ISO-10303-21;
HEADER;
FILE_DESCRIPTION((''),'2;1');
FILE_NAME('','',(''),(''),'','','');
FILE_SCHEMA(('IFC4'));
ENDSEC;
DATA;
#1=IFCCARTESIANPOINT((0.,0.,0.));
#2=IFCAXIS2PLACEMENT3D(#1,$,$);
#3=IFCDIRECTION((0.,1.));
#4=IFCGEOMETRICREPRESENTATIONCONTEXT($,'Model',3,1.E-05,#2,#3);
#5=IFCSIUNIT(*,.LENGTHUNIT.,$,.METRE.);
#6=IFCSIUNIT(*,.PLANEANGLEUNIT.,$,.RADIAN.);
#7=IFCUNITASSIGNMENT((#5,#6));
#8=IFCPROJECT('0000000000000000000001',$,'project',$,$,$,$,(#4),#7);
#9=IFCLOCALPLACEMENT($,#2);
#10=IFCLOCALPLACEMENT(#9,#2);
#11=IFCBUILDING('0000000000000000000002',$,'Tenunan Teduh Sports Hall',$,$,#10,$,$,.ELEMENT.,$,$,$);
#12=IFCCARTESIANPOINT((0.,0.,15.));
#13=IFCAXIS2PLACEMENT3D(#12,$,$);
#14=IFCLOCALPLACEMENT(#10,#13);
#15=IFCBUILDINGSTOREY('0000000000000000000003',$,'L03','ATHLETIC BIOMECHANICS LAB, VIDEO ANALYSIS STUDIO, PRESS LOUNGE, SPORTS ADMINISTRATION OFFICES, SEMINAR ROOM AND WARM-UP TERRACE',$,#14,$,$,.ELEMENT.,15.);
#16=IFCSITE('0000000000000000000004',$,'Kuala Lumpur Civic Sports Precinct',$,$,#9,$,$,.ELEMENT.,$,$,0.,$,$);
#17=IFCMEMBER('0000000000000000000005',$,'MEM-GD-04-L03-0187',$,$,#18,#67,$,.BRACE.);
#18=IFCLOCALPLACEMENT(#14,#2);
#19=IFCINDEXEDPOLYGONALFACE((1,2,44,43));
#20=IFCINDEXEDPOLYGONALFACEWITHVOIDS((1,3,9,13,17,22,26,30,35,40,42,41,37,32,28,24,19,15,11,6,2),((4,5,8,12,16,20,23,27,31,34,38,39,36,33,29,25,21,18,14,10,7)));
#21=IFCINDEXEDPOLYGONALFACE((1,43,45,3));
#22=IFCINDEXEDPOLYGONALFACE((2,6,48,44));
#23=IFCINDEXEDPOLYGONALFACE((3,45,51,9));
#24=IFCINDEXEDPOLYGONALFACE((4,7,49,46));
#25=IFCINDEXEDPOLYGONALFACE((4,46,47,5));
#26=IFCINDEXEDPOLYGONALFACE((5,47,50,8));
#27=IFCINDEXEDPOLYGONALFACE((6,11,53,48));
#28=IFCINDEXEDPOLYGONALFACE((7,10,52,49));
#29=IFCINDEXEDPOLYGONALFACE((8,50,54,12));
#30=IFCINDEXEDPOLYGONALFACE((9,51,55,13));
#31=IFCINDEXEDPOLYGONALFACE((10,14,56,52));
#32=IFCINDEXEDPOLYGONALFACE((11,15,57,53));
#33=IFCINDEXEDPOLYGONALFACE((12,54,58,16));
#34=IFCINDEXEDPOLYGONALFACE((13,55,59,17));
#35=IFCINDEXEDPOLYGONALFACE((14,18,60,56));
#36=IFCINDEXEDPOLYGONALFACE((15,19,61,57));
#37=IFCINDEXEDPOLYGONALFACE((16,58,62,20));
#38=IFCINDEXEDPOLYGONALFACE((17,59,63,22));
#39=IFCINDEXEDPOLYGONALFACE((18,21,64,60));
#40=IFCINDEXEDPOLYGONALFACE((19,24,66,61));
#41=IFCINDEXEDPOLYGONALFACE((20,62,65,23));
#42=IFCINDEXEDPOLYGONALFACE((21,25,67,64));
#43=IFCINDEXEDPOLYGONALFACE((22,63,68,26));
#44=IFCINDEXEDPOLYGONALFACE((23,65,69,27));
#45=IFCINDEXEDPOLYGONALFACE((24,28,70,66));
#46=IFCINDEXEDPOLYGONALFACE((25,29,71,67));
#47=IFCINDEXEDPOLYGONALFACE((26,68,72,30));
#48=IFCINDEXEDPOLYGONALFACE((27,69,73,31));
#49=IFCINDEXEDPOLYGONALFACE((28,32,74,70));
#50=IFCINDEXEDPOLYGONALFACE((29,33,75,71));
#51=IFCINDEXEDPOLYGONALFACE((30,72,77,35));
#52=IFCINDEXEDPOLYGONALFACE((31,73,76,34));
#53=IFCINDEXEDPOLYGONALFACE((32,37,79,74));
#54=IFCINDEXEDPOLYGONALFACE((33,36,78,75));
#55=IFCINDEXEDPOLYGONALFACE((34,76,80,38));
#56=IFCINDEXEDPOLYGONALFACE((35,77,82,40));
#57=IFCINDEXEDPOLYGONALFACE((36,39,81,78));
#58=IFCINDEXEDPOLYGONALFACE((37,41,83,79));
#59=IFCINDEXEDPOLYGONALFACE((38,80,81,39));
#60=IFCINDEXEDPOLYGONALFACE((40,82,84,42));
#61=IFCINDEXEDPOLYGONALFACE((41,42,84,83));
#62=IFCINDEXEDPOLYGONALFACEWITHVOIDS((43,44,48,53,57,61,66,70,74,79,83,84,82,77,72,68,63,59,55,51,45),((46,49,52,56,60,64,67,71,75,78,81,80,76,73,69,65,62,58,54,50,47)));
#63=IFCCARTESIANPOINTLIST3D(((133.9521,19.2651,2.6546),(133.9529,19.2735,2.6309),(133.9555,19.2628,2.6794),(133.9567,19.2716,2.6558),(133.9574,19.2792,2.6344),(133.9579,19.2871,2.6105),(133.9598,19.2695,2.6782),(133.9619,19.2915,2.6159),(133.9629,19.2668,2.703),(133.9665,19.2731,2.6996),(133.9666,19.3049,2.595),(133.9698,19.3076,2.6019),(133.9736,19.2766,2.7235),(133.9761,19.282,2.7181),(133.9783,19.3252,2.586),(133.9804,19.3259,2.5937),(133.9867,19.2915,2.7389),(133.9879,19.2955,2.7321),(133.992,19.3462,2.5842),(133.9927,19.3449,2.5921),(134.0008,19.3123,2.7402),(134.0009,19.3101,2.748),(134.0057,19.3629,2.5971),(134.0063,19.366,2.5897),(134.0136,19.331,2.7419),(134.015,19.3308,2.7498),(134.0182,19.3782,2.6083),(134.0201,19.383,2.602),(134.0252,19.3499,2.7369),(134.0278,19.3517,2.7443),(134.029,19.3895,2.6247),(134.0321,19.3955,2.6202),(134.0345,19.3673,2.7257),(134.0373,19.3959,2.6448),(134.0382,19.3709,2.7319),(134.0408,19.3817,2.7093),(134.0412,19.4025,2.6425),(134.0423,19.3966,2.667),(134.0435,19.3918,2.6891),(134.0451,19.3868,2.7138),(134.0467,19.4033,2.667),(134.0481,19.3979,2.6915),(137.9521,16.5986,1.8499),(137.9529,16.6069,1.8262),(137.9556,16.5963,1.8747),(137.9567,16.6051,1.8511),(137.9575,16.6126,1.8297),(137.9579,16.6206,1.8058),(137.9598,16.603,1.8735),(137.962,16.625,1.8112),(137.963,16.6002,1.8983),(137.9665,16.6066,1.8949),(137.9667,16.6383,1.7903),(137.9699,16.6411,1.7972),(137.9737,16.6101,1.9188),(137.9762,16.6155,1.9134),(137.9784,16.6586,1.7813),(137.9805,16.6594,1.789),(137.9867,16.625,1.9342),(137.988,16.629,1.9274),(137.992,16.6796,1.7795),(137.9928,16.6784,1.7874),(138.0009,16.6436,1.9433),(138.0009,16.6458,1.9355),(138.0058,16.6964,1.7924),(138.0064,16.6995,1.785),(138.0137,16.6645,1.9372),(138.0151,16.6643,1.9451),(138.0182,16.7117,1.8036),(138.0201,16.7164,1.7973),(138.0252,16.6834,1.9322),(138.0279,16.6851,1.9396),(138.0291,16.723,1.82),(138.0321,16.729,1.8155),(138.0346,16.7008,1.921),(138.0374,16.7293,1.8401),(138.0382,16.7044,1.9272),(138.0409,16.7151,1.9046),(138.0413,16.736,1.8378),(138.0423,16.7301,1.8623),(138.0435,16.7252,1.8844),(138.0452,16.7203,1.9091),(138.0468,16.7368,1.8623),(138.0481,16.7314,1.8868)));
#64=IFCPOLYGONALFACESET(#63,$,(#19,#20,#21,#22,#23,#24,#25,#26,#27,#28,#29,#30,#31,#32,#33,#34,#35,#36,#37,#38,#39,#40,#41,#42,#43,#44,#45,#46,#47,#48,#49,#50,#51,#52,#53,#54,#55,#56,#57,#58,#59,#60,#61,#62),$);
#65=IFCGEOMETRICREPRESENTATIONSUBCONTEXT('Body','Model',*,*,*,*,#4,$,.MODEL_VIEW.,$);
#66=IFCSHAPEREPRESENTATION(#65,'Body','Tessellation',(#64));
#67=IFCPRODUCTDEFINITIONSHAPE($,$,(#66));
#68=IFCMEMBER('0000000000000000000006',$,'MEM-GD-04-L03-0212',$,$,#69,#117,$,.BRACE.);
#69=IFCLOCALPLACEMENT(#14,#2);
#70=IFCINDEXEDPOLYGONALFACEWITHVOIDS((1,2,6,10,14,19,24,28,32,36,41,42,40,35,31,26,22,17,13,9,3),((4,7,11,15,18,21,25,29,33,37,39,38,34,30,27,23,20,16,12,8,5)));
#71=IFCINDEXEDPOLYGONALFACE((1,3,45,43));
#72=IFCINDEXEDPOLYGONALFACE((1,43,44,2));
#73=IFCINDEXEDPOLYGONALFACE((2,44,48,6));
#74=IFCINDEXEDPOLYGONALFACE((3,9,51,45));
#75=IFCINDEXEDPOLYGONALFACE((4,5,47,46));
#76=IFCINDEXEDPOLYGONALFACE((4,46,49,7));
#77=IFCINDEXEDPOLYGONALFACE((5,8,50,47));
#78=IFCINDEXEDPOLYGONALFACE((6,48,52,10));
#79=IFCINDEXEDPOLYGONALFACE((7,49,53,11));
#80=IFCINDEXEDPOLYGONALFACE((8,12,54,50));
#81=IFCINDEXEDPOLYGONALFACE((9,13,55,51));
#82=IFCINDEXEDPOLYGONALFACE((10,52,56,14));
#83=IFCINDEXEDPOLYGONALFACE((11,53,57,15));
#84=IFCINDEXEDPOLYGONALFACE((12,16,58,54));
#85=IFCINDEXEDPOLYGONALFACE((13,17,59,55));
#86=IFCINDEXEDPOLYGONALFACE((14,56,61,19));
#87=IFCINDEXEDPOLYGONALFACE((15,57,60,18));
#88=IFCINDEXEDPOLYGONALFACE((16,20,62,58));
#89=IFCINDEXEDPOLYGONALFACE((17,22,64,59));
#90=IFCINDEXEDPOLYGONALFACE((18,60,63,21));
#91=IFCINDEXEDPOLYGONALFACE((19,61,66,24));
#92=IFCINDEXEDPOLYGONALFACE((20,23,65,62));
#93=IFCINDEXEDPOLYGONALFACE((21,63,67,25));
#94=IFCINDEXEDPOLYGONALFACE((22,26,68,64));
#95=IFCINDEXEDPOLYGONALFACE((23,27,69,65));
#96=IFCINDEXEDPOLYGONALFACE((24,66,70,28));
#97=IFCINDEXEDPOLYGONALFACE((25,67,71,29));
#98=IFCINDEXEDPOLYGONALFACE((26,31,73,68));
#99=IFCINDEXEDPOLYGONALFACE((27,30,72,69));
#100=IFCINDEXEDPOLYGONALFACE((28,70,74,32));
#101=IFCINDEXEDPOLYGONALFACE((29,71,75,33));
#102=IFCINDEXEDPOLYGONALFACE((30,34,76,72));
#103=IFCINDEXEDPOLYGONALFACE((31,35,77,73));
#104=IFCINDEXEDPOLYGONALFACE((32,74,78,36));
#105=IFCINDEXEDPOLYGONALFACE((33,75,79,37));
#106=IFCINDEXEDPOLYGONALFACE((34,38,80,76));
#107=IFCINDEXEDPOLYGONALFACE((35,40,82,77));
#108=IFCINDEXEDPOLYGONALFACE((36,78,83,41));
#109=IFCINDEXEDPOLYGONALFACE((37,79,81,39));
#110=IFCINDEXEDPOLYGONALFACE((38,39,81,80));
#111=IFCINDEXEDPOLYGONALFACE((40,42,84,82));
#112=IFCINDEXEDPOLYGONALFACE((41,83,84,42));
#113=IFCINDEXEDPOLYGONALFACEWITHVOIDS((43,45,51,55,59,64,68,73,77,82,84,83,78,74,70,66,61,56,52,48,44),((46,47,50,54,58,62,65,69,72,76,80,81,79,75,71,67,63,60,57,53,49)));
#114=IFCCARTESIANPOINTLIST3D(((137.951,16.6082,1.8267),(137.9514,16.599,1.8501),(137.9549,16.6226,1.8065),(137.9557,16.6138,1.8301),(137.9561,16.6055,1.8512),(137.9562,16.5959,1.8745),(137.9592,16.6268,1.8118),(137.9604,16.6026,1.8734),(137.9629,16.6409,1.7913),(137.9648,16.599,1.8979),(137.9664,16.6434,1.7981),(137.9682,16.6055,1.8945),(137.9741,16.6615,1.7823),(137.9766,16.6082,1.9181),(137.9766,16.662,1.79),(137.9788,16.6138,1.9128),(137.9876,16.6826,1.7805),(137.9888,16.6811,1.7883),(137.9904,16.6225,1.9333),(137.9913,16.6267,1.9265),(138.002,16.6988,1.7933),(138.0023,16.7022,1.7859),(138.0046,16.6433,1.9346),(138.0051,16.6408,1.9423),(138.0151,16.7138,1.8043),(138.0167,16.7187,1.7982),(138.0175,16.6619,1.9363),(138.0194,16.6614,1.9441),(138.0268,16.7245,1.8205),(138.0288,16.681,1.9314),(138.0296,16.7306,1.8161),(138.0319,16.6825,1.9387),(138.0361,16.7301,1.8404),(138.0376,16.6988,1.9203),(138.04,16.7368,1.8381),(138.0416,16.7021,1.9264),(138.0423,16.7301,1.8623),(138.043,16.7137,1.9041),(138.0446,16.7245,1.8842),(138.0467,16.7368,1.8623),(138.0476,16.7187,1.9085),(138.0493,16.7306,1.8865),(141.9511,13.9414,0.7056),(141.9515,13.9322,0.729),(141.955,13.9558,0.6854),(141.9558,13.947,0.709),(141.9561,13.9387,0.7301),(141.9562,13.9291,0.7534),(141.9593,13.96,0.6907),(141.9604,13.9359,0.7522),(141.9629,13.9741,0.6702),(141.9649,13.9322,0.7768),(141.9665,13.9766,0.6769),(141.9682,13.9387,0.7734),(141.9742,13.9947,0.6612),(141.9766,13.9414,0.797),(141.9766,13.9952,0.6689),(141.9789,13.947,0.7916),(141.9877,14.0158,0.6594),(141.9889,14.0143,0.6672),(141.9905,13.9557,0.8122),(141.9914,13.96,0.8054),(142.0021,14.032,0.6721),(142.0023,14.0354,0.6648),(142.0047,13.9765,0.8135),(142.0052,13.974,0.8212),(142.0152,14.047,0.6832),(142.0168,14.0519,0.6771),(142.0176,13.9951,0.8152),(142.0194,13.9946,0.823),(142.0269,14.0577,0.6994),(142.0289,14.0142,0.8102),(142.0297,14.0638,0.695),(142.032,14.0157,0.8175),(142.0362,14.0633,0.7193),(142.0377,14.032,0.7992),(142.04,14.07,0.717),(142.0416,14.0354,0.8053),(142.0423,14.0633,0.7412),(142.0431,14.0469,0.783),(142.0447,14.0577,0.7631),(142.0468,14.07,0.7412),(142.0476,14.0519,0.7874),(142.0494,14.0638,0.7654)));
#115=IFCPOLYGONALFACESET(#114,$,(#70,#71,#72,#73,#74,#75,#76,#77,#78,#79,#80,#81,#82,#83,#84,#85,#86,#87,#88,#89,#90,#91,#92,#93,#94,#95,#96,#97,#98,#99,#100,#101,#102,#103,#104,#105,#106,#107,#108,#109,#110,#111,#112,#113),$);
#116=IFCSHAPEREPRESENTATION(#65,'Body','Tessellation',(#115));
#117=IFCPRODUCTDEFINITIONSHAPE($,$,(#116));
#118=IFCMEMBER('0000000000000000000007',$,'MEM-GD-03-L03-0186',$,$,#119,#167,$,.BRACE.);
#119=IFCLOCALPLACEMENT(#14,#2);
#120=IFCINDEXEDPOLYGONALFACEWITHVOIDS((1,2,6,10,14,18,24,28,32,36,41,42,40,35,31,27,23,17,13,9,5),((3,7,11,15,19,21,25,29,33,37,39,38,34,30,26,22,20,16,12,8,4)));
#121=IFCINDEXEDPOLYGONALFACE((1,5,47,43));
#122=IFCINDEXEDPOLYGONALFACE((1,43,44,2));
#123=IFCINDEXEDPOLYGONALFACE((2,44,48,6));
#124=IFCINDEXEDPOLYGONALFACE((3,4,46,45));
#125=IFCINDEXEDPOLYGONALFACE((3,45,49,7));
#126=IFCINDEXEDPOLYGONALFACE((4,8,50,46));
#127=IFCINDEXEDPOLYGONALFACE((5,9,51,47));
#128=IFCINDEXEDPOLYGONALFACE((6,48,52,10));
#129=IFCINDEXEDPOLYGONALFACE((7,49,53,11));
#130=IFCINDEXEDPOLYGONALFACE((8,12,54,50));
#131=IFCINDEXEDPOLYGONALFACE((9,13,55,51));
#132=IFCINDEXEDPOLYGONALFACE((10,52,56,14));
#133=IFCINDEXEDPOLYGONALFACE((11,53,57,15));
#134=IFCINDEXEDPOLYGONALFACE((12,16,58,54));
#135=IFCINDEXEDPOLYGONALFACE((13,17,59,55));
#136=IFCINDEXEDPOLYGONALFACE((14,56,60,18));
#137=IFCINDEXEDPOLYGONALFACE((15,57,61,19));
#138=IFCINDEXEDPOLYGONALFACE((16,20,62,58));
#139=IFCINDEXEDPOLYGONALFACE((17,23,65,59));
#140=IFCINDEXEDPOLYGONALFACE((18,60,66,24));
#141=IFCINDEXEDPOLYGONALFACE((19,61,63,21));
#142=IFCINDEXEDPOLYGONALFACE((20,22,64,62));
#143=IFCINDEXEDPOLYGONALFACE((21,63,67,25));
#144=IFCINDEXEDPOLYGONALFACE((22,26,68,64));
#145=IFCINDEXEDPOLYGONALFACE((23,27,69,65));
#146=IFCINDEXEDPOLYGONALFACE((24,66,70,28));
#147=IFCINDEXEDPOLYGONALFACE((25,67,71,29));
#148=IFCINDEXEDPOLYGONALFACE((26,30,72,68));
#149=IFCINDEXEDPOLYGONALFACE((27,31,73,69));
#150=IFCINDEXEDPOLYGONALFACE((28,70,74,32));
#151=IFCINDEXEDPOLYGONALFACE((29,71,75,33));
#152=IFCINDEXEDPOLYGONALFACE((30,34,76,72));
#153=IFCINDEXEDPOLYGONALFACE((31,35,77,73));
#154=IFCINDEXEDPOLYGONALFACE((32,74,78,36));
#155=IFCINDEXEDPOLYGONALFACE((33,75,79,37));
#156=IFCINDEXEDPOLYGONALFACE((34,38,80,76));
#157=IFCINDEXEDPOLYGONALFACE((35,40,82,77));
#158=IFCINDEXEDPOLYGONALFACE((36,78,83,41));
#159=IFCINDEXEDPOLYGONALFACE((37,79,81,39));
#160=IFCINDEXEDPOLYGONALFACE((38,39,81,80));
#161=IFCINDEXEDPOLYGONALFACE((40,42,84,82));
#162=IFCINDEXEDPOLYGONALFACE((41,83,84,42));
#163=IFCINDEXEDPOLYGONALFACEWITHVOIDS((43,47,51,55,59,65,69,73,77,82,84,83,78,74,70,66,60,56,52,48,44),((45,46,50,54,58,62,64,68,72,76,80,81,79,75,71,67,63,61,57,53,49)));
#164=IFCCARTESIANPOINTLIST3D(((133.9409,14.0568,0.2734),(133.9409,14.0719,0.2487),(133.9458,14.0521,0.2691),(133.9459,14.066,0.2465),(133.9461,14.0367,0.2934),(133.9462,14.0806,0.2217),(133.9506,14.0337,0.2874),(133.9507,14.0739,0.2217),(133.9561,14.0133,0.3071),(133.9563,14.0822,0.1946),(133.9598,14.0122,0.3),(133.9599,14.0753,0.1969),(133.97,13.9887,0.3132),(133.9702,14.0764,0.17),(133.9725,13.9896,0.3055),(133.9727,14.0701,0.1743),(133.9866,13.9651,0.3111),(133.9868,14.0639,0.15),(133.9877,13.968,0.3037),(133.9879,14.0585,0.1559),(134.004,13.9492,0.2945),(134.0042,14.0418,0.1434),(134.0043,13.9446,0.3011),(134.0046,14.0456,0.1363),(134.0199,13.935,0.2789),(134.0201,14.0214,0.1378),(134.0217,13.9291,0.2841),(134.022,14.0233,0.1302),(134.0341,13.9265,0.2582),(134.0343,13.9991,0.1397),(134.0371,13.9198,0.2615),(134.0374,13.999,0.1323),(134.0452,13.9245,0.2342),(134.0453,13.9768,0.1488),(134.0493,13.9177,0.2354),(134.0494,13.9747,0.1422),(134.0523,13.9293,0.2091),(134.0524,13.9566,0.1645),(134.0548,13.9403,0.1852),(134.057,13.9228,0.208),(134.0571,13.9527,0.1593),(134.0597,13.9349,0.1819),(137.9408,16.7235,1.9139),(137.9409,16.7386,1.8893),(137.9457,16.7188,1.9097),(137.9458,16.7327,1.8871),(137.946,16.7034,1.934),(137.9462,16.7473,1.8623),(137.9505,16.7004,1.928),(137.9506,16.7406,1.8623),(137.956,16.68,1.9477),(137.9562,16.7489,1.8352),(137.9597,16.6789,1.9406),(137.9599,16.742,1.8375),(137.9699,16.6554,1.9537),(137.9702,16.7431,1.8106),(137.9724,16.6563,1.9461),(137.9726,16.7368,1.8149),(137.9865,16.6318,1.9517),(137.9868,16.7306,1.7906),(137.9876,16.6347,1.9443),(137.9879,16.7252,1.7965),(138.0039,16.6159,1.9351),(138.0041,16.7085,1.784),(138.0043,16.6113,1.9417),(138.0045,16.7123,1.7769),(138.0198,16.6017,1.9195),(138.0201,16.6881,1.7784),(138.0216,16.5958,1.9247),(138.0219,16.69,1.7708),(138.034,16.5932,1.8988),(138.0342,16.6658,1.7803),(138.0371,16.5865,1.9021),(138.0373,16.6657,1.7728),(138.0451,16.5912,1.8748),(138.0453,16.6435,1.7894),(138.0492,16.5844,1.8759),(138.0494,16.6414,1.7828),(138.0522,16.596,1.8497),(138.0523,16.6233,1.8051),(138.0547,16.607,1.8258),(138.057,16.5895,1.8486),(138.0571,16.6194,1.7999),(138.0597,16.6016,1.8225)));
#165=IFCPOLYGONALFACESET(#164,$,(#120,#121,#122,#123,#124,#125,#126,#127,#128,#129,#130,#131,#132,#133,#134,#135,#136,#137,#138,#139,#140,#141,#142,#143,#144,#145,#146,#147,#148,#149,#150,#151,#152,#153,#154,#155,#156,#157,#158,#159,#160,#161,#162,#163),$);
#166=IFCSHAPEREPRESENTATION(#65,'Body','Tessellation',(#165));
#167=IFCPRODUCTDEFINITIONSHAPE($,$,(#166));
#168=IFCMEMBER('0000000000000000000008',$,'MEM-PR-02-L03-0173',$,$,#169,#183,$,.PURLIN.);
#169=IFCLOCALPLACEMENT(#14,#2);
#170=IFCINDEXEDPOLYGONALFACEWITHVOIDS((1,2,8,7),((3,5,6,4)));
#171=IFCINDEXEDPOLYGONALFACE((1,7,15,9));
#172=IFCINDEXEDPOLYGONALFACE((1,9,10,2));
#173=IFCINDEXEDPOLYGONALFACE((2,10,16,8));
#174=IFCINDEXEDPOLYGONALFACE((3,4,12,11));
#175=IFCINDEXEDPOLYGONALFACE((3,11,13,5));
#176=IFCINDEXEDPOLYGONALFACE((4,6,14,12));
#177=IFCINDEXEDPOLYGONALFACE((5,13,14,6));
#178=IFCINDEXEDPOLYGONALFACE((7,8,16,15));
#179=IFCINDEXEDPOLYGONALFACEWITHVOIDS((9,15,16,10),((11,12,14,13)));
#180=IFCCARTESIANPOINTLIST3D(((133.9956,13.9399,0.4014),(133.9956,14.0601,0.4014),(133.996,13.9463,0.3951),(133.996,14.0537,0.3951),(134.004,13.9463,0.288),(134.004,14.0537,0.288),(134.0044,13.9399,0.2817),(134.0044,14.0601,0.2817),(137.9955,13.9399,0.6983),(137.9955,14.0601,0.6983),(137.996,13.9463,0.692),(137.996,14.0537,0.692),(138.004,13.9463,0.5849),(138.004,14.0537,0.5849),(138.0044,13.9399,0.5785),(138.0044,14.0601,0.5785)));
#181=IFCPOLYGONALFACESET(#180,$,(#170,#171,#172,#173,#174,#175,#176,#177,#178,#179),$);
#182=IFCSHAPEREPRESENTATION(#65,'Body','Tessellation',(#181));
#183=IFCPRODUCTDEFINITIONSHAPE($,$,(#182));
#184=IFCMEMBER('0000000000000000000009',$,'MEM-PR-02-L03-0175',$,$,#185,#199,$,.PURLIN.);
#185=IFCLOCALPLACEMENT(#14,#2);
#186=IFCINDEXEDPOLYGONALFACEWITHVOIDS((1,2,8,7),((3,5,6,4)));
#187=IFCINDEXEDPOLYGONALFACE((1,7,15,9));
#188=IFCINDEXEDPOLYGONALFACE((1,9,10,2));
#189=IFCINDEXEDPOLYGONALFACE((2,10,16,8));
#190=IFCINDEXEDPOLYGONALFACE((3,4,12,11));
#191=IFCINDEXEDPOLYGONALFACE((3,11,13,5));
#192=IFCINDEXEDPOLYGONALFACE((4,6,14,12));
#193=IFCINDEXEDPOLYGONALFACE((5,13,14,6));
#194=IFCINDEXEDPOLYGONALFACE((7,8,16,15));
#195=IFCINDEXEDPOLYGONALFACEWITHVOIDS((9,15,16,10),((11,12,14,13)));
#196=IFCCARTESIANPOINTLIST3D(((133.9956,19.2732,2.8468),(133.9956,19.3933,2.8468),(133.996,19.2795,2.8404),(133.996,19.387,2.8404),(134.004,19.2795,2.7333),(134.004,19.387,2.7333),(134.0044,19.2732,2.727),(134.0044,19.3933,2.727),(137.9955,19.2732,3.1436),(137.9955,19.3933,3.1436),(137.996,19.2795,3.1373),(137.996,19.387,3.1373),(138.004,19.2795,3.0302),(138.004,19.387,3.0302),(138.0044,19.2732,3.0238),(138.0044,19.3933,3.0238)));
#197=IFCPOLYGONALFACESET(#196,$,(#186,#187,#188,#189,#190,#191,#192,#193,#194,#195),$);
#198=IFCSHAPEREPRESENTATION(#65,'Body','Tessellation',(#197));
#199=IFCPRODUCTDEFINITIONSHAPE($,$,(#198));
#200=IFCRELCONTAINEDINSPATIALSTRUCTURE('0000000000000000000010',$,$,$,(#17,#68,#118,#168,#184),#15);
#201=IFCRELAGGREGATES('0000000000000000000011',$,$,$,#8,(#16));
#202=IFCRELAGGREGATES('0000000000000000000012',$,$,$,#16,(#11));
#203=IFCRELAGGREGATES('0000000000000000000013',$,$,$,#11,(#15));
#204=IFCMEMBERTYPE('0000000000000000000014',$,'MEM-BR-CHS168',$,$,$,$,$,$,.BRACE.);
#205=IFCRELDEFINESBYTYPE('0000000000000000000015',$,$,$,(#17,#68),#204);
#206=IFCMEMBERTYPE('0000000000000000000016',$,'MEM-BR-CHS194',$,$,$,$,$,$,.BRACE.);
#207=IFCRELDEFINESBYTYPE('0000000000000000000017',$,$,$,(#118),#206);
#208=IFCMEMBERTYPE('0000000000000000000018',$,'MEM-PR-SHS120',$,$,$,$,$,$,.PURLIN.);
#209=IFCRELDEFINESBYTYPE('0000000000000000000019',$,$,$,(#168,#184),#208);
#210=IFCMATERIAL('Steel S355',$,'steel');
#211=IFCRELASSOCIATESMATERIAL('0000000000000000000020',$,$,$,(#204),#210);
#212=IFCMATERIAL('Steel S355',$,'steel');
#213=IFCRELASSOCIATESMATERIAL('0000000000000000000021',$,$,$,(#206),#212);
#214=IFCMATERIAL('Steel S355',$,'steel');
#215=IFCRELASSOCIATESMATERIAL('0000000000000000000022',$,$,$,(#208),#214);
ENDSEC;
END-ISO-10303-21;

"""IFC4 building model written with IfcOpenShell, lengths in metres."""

from ifc_helpers import new_model, si_unit, direction, frame, origin, origin_2d, place, context, subcontext, project, spatial, hollow_rectangle, hollow_circle, extrude, material, material_profile, profile_set, type_object, element, save


model = new_model("IFC4")

# Units and contexts
model_context = context("Model", 3, precision=1e-05, world=origin(), true_north=direction((0.0, 1.0)))
body_context = subcontext(model_context, "Body", "Model", "MODEL_VIEW")
ifc_project = project(units=[si_unit("LENGTHUNIT", "METRE"), si_unit("PLANEANGLEUNIT", "RADIAN")], contexts=[model_context])

# Site, building, storey
site_placement = place(None, origin())
site = spatial("IfcSite", under=ifc_project, at=site_placement, Name="Kuala Lumpur Civic Sports Precinct", CompositionType="ELEMENT", RefElevation=0.0)
building_placement = place(site_placement, origin())
building = spatial("IfcBuilding", under=site, at=building_placement, Name="Tenunan Teduh Sports Hall", CompositionType="ELEMENT")
storey_placement = place(building_placement, frame((0.0, 0.0, 15.0)))
storey = spatial("IfcBuildingStorey", under=building, at=storey_placement, Name="L03", Description="ATHLETIC BIOMECHANICS LAB, VIDEO ANALYSIS STUDIO, PRESS LOUNGE, SPORTS ADMINISTRATION OFFICES, SEMINAR ROOM AND WARM-UP TERRACE", CompositionType="ELEMENT", Elevation=15.0)

# Members
ifc_material_1 = material(Name="Steel S355", Category="steel")
ifc_material_profile_1 = material_profile(ifc_material_1, hollow_circle(Radius=0.0842, WallThickness=0.0081, at=origin_2d()), Name="CHS 168.3x8.0")
ifc_profile_set_1 = profile_set([ifc_material_profile_1], Name="Steel S355")
member_type_1 = type_object("IfcMemberType", Name="MEM-BR-CHS168", PredefinedType="BRACE", material=ifc_profile_set_1)
member_1_placement = place(storey_placement, frame((134.0, 19.3333, 2.667), z_axis=(0.820649, -0.547066, -0.165091), x_axis=(0.554677, 0.832066, 0.0)))
element("IfcMember", 1, at=member_1_placement, inside=storey, type_object=member_type_1, Name="MEM-GD-04-L03-0187", PredefinedType="BRACE", context=body_context, shape_type="SweptSolid", body=[
    extrude(hollow_circle(Radius=0.0842, WallThickness=0.0081, at=origin_2d()), origin(), (0.0, 0.0, 1.0), 4.8743),
])
member_2_placement = place(storey_placement, frame((138.0, 16.6667, 1.8623), z_axis=(0.810301, -0.540217, -0.227106), x_axis=(0.554712, 0.832042, 0.0)))
element("IfcMember", 2, at=member_2_placement, inside=storey, type_object=member_type_1, Name="MEM-GD-04-L03-0212", PredefinedType="BRACE", context=body_context, shape_type="SweptSolid", body=[
    extrude(hollow_circle(Radius=0.0842, WallThickness=0.0081, at=origin_2d()), origin(), (0.0, 0.0, 1.0), 4.9365),
])
ifc_material_2 = material(Name="Steel S355", Category="steel")
ifc_material_profile_2 = material_profile(ifc_material_2, hollow_circle(Radius=0.0969, WallThickness=0.0081, at=origin_2d()), Name="CHS 193.7x8.0")
ifc_profile_set_2 = profile_set([ifc_material_profile_2], Name="Steel S355")
member_type_2 = type_object("IfcMemberType", Name="MEM-BR-CHS194", PredefinedType="BRACE", material=ifc_profile_set_2)
member_3_placement = place(storey_placement, frame((134.0, 14.0, 0.2217), z_axis=(0.78745, 0.524983, 0.322978), x_axis=(-0.554712, 0.832042, 0.0)))
element("IfcMember", 3, at=member_3_placement, inside=storey, type_object=member_type_2, Name="MEM-GD-03-L03-0186", PredefinedType="BRACE", context=body_context, shape_type="SweptSolid", body=[
    extrude(hollow_circle(Radius=0.0969, WallThickness=0.0081, at=origin_2d()), origin(), (0.0, 0.0, 1.0), 5.0796),
])
ifc_material_3 = material(Name="Steel S355", Category="steel")
ifc_material_profile_3 = material_profile(ifc_material_3, hollow_rectangle(XDim=0.1201, YDim=0.1201, WallThickness=0.0063, at=origin_2d()), Name="SHS 120x120x6.3")
ifc_profile_set_3 = profile_set([ifc_material_profile_3], Name="Steel S355")
member_type_3 = type_object("IfcMemberType", Name="MEM-PR-SHS120", PredefinedType="PURLIN", material=ifc_profile_set_3)
for number, where, z_axis, x_axis, name in (
    (4, (134.0, 14.0, 0.3416), (0.997257, 0.0, 0.074015), (0.0, 1.0, 0.0), "MEM-PR-02-L03-0173"),
    (5, (134.0, 19.3333, 2.7869), (0.997257, 0.0, 0.074015), (0.0, 1.0, 0.0), "MEM-PR-02-L03-0175"),
):
    element("IfcMember", number, at=place(storey_placement, frame(where, z_axis=z_axis, x_axis=x_axis)), inside=storey, type_object=member_type_3, Name=name, PredefinedType="PURLIN", context=body_context, shape_type="SweptSolid", body=[
        extrude(hollow_rectangle(XDim=0.1201, YDim=0.1201, WallThickness=0.0063, at=origin_2d()), origin(), (0.0, 0.0, 1.0), 4.011),
    ])

save(model, "model.ifc")
